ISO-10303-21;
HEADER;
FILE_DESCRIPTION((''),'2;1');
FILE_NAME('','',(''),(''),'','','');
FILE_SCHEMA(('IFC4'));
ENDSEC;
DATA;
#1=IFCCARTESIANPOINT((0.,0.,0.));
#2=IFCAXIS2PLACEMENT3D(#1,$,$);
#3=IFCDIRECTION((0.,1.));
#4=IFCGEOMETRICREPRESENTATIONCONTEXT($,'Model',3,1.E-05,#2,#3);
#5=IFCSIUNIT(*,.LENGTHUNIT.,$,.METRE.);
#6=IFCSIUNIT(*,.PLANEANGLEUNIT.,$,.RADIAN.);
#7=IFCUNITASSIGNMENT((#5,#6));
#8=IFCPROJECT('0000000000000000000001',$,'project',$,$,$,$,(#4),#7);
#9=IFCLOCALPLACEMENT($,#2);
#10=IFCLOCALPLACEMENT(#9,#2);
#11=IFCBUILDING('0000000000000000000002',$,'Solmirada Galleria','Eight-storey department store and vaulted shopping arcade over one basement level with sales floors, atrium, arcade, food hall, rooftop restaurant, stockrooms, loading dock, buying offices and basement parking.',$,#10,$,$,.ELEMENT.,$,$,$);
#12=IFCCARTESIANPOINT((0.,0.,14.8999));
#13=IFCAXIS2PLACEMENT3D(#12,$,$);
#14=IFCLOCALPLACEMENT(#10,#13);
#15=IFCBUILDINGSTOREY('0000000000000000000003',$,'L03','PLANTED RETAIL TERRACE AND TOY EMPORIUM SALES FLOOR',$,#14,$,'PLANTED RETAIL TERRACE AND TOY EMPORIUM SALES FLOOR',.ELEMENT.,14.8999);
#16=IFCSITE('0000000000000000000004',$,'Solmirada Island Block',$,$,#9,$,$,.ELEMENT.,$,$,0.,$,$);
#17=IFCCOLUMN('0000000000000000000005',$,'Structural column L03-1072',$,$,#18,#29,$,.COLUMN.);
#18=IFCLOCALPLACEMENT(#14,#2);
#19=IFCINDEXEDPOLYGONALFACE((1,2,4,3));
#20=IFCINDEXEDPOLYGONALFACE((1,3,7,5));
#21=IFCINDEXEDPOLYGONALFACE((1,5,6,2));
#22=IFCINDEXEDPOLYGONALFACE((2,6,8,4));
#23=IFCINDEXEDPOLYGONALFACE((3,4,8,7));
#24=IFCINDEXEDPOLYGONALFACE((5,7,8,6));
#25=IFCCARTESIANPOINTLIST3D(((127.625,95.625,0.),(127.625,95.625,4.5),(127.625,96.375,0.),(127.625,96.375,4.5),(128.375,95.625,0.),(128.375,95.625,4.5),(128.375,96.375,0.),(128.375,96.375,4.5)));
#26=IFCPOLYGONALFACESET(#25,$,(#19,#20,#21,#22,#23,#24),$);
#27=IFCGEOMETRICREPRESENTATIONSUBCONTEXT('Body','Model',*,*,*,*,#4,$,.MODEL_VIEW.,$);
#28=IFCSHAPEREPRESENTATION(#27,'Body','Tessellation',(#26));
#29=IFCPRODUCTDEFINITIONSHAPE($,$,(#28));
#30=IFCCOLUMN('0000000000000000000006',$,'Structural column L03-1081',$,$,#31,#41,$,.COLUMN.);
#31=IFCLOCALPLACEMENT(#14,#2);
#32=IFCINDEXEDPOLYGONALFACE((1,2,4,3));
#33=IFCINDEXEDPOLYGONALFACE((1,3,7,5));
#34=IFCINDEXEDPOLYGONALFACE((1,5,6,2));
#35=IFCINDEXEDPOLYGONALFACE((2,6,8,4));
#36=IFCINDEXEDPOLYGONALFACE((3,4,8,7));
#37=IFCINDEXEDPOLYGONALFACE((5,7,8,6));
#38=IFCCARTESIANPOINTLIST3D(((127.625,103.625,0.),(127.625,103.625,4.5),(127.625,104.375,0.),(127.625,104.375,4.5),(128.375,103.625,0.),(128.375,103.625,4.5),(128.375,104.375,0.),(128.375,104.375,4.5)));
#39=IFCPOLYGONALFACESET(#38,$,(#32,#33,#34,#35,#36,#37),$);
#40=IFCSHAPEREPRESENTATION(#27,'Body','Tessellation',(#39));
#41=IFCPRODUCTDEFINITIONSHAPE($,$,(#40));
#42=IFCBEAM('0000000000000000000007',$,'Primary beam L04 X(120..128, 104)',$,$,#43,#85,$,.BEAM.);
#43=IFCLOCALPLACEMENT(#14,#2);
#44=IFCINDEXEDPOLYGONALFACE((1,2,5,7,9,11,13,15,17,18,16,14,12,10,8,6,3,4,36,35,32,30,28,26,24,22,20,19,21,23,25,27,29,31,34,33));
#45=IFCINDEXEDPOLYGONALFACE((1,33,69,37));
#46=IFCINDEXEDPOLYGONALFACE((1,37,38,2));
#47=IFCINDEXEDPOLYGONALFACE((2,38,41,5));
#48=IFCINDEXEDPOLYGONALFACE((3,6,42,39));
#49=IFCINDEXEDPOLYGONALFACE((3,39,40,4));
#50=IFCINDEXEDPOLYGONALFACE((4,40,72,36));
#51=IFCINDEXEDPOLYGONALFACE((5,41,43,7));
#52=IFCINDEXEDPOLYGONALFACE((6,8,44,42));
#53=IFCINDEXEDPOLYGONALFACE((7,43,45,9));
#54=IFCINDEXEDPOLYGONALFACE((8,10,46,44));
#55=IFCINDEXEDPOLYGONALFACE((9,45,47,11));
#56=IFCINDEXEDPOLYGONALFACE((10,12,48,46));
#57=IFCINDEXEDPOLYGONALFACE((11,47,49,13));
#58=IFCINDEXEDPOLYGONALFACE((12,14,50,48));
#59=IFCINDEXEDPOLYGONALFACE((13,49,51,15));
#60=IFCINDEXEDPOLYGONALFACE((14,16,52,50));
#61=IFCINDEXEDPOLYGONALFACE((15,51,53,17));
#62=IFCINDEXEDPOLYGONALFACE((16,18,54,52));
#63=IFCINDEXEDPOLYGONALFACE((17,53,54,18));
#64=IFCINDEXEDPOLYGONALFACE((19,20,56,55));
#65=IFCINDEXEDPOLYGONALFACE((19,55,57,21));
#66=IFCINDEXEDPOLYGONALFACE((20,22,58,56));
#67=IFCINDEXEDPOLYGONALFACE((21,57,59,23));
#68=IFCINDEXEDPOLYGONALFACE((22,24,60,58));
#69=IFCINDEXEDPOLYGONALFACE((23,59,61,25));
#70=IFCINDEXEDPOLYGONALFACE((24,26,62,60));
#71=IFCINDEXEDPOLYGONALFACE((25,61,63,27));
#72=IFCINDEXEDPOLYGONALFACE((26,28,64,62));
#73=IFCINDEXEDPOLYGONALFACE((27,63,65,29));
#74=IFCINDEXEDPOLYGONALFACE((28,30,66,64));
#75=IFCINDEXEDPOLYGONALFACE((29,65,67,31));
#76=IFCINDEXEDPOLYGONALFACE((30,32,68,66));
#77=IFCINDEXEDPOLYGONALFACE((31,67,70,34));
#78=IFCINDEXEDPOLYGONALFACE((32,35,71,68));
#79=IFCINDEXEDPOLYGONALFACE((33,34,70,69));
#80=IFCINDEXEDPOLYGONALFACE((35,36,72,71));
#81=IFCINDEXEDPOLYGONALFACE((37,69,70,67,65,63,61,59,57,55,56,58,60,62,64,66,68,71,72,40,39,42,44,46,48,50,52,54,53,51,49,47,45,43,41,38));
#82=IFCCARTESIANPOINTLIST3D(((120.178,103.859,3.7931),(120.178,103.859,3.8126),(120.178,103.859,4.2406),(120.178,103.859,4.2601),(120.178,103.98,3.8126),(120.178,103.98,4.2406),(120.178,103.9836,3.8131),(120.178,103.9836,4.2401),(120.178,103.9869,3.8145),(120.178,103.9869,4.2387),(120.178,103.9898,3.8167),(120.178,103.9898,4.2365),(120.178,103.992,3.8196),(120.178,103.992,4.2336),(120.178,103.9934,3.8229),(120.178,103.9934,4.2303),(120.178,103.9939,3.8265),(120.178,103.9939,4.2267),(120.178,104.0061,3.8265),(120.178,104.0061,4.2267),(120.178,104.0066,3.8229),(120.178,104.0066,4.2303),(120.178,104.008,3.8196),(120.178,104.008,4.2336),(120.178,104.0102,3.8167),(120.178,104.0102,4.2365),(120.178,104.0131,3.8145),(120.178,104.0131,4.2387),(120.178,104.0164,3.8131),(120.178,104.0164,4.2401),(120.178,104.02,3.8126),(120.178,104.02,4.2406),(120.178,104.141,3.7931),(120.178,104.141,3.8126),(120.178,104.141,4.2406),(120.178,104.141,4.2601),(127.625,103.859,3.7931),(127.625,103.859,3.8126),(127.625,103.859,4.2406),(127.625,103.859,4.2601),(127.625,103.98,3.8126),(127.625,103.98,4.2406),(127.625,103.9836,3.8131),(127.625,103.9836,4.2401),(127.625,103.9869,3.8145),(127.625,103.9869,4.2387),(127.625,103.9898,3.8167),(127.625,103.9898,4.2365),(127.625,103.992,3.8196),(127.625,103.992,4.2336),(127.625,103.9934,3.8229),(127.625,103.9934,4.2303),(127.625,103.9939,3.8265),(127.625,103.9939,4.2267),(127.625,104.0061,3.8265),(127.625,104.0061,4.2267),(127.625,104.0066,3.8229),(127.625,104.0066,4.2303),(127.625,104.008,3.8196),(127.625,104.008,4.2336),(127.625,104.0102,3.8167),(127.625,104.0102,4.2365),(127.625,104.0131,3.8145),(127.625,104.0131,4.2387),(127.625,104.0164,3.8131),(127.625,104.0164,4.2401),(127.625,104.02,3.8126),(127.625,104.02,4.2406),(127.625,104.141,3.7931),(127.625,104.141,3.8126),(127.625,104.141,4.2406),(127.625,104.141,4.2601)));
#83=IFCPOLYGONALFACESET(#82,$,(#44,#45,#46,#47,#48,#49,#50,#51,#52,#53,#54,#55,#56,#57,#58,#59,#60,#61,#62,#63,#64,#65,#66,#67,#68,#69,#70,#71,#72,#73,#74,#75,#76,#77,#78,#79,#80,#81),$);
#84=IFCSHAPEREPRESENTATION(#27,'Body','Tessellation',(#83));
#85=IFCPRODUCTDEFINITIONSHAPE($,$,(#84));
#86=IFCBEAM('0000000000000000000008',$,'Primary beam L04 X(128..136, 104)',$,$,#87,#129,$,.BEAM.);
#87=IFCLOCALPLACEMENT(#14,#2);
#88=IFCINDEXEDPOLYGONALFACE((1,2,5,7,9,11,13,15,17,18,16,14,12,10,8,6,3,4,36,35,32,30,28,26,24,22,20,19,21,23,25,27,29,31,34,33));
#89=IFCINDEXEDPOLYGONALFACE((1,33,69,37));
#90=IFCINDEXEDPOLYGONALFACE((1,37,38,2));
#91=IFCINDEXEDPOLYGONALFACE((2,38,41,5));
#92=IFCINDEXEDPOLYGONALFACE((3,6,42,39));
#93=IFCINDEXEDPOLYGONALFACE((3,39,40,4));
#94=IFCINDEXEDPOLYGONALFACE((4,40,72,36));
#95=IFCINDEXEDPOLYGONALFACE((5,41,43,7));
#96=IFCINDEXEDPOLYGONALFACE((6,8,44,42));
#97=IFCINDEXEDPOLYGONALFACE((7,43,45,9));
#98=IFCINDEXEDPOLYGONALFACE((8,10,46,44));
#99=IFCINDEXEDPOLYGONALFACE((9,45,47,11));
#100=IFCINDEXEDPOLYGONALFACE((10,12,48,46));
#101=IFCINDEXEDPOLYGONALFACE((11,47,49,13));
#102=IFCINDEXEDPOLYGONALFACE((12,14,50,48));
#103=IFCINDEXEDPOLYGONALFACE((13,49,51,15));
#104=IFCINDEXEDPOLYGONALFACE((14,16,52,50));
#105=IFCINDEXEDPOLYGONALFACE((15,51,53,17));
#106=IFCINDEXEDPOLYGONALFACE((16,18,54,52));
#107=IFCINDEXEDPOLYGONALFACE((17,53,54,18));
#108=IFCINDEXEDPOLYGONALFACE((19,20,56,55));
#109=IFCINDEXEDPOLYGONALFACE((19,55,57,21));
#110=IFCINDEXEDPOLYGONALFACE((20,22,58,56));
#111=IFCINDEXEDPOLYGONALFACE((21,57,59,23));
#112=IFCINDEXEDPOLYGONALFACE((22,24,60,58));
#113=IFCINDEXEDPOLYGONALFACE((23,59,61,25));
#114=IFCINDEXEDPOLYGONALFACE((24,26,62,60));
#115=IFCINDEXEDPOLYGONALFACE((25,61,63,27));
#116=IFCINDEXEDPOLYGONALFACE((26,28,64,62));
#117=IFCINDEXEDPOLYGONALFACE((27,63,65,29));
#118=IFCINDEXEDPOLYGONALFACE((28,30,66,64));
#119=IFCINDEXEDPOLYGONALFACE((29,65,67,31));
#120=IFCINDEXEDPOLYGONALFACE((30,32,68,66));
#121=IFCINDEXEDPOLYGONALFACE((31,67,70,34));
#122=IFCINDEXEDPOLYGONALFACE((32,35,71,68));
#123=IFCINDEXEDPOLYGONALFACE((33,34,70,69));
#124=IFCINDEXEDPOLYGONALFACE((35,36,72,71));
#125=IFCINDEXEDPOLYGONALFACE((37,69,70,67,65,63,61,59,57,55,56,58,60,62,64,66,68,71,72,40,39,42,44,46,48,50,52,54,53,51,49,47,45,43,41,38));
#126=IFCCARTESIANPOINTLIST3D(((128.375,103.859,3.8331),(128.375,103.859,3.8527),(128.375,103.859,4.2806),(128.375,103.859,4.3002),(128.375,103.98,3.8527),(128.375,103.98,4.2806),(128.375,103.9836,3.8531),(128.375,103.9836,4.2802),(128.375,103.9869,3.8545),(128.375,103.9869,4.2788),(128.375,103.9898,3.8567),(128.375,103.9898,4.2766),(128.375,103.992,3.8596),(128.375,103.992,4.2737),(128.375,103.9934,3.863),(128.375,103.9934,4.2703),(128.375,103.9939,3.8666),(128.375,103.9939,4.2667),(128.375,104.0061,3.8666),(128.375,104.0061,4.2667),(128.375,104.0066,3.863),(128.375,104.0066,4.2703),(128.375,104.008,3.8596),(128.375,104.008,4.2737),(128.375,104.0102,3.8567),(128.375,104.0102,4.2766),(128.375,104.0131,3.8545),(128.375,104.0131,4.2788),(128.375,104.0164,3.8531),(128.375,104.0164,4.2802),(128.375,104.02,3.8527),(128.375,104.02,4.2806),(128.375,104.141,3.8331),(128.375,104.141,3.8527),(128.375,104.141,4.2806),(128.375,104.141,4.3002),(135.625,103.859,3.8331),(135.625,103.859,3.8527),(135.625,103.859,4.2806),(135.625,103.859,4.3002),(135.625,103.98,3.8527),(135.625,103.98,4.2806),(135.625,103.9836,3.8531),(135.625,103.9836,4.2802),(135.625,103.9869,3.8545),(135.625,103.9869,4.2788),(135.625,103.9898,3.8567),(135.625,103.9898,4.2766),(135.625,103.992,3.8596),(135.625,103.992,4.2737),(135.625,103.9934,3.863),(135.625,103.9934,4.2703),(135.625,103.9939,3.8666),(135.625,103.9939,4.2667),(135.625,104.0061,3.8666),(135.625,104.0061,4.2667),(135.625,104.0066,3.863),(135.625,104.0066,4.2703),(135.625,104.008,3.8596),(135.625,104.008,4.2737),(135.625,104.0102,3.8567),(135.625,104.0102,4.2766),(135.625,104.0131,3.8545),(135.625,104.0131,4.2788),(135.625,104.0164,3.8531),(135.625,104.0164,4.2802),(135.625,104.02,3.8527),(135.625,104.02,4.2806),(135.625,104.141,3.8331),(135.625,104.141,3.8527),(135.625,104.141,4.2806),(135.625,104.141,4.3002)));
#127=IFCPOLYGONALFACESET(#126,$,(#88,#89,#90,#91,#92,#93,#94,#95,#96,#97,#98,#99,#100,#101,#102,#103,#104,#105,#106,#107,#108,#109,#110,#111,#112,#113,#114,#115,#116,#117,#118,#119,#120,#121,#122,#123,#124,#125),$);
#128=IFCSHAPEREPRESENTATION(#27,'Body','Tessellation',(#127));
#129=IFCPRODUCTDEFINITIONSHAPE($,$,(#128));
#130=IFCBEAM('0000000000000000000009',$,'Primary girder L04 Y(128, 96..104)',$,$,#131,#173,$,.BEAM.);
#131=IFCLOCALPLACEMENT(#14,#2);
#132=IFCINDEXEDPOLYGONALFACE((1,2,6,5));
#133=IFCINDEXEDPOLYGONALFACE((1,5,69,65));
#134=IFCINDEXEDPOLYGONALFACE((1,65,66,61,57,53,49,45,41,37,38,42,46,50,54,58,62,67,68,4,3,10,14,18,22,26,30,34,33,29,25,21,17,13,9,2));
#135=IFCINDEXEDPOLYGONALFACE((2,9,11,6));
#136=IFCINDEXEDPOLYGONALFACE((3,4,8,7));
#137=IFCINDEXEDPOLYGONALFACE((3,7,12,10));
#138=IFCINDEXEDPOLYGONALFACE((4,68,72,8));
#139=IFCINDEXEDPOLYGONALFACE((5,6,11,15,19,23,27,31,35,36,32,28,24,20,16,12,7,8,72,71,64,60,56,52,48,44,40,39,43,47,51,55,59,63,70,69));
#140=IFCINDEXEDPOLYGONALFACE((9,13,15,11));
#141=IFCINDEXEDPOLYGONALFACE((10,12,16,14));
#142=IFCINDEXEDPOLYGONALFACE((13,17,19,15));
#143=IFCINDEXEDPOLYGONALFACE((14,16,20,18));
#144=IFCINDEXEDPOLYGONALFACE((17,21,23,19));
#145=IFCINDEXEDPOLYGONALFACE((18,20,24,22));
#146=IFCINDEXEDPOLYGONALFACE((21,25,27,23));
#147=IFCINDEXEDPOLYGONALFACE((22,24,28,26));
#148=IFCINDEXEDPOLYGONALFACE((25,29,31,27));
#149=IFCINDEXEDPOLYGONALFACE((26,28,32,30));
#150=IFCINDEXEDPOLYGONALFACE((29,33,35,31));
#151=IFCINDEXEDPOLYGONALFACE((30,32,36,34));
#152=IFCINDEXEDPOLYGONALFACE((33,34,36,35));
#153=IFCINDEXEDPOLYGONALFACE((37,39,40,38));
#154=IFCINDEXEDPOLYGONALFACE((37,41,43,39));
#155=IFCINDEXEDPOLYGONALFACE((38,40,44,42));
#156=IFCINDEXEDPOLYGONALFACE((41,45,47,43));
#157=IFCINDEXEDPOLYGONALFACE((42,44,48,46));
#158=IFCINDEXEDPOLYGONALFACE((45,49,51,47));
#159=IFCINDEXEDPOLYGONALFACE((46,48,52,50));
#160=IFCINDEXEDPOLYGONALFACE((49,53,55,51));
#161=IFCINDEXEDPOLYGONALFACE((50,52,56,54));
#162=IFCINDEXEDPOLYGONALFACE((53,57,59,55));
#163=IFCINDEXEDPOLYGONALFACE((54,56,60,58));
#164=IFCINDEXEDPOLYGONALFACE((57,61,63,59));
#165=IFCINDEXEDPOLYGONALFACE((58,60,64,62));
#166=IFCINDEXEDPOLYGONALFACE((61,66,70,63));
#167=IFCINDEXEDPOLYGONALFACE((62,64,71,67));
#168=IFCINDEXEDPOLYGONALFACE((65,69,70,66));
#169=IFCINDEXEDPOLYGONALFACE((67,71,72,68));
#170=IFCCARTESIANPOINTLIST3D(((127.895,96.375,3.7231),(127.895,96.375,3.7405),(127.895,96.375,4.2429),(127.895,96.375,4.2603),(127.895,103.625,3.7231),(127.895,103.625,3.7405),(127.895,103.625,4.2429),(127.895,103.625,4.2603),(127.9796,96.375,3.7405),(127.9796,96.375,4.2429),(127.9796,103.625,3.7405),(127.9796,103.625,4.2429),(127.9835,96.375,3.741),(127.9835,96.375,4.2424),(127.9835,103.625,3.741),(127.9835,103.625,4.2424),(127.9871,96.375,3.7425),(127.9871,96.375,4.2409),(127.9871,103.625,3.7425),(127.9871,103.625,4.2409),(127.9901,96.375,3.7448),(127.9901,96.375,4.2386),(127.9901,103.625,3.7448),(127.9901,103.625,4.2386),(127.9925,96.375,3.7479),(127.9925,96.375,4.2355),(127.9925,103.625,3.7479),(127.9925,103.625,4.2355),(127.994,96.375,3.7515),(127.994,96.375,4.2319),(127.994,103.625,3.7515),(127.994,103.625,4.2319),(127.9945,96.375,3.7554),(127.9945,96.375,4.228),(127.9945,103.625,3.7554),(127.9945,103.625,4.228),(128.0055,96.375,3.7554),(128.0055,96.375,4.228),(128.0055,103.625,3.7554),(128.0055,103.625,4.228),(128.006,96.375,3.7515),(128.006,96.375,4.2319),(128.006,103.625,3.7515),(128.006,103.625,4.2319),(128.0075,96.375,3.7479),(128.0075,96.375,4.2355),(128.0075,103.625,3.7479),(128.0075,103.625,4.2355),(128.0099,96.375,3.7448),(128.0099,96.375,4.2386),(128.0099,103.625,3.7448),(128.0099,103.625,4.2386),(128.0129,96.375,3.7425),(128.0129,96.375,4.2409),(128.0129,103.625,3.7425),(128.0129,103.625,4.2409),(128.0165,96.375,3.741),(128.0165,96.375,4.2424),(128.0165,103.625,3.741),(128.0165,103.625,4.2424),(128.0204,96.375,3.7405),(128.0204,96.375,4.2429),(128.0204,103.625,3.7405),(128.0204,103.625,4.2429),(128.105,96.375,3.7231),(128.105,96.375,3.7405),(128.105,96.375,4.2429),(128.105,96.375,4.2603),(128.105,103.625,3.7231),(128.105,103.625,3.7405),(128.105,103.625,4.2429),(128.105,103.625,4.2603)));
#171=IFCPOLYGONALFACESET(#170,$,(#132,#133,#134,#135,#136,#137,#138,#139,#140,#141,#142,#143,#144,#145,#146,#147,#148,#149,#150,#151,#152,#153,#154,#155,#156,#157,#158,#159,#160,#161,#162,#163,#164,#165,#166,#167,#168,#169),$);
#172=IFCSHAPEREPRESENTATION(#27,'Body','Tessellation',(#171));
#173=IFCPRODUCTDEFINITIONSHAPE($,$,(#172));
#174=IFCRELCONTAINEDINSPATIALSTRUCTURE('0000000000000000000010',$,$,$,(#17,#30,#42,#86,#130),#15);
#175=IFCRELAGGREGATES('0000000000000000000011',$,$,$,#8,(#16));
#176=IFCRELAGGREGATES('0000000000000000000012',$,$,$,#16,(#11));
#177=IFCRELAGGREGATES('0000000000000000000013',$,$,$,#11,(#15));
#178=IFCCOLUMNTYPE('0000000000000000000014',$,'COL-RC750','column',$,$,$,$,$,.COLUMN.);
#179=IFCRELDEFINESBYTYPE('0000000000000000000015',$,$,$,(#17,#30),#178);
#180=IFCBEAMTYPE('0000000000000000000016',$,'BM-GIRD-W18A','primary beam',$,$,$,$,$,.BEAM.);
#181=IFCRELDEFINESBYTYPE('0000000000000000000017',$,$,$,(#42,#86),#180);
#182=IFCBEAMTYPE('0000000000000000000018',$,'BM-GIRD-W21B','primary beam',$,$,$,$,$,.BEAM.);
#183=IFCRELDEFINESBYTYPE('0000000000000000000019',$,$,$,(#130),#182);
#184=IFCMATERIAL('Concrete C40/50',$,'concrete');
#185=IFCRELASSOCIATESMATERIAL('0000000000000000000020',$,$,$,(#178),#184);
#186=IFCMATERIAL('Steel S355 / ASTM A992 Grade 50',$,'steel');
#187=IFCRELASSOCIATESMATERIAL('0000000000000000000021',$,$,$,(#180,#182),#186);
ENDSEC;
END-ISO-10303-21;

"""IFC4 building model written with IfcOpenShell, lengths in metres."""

from ifc_helpers import new_model, si_unit, direction, frame, origin, origin_2d, place, context, subcontext, project, spatial, rectangle, i_section, extrude, material, material_profile, profile_set, type_object, element, save


model = new_model("IFC4")

# Units and contexts
model_context = context("Model", 3, precision=1e-05, world=origin(), true_north=direction((0.0, 1.0)))
body_context = subcontext(model_context, "Body", "Model", "MODEL_VIEW")
ifc_project = project(units=[si_unit("LENGTHUNIT", "METRE"), si_unit("PLANEANGLEUNIT", "RADIAN")], contexts=[model_context])

# Site, building, storey
site_placement = place(None, origin())
site = spatial("IfcSite", under=ifc_project, at=site_placement, Name="Solmirada Island Block", CompositionType="ELEMENT", RefElevation=0.0)
building_placement = place(site_placement, origin())
building = spatial("IfcBuilding", under=site, at=building_placement, Name="Solmirada Galleria", Description="Eight-storey department store and vaulted shopping arcade over one basement level with sales floors, atrium, arcade, food hall, rooftop restaurant, stockrooms, loading dock, buying offices and basement parking.", CompositionType="ELEMENT")
storey_placement = place(building_placement, frame((0.0, 0.0, 14.8999)))
storey = spatial("IfcBuildingStorey", under=building, at=storey_placement, Name="L03", Description="PLANTED RETAIL TERRACE AND TOY EMPORIUM SALES FLOOR", LongName="PLANTED RETAIL TERRACE AND TOY EMPORIUM SALES FLOOR", CompositionType="ELEMENT", Elevation=14.8999)

# Columns
ifc_material_1 = material(Name="Concrete C40/50", Category="concrete")
ifc_material_profile_1 = material_profile(ifc_material_1, rectangle(XDim=0.75, YDim=0.75, at=origin_2d()), Name="RC750X750")
ifc_profile_set_1 = profile_set([ifc_material_profile_1], Name="Concrete C40/50")
column_type = type_object("IfcColumnType", Name="COL-RC750", Description="column", PredefinedType="COLUMN", material=ifc_profile_set_1)
for number, where, z_axis, x_axis, name in (
    (1, (128.0, 96.0, 0.0), (0.0, 0.0, 1.0), (1.0, 0.0, 0.0), "Structural column L03-1072"),
    (2, (128.0, 104.0, 0.0), (0.0, 0.0, 1.0), (1.0, 0.0, 0.0), "Structural column L03-1081"),
):
    element("IfcColumn", number, at=place(storey_placement, frame(where, z_axis=z_axis, x_axis=x_axis)), inside=storey, type_object=column_type, Name=name, PredefinedType="COLUMN", context=body_context, shape_type="SweptSolid", body=[
        extrude(rectangle(XDim=0.75, YDim=0.75, at=origin_2d()), origin(), (0.0, 0.0, 1.0), 4.5),
    ])

# Beams
ifc_material_2 = material(Name="Steel S355 / ASTM A992 Grade 50", Category="steel")
ifc_material_profile_2 = material_profile(ifc_material_2, i_section(OverallWidth=0.282, OverallDepth=0.467, WebThickness=0.0122, FlangeThickness=0.0195, FilletRadius=0.0139, at=origin_2d()), Name="W18X86")
ifc_profile_set_2 = profile_set([ifc_material_profile_2], Name="Steel S355 / ASTM A992 Grade 50")
beam_type_1 = type_object("IfcBeamType", Name="BM-GIRD-W18A", Description="primary beam", PredefinedType="BEAM", material=ifc_profile_set_2)
beam_1_placement = place(storey_placement, frame((120.178, 104.0, 4.0266), z_axis=(1.0, 0.0, 0.0), x_axis=(0.0, 1.0, 0.0)))
element("IfcBeam", 3, at=beam_1_placement, inside=storey, type_object=beam_type_1, Name="Primary beam L04 X(120..128, 104)", PredefinedType="BEAM", context=body_context, shape_type="SweptSolid", body=[
    extrude(i_section(OverallWidth=0.282, OverallDepth=0.467, WebThickness=0.0122, FlangeThickness=0.0195, FilletRadius=0.0139, at=origin_2d()), origin(), (0.0, 0.0, 1.0), 7.447),
])
beam_2_placement = place(storey_placement, frame((128.375, 104.0, 4.0667), z_axis=(1.0, 0.0, 0.0), x_axis=(0.0, 1.0, 0.0)))
element("IfcBeam", 4, at=beam_2_placement, inside=storey, type_object=beam_type_1, Name="Primary beam L04 X(128..136, 104)", PredefinedType="BEAM", context=body_context, shape_type="SweptSolid", body=[
    extrude(i_section(OverallWidth=0.282, OverallDepth=0.467, WebThickness=0.0122, FlangeThickness=0.0195, FilletRadius=0.0139, at=origin_2d()), origin(), (0.0, 0.0, 1.0), 7.25),
])
ifc_material_profile_3 = material_profile(ifc_material_2, i_section(OverallWidth=0.21, OverallDepth=0.5371, WebThickness=0.011, FlangeThickness=0.0173, FilletRadius=0.0149, at=origin_2d()), Name="W21X68")
ifc_profile_set_3 = profile_set([ifc_material_profile_3], Name="Steel S355 / ASTM A992 Grade 50")
beam_type_2 = type_object("IfcBeamType", Name="BM-GIRD-W21B", Description="primary beam", PredefinedType="BEAM", material=ifc_profile_set_3)
for number, where, z_axis, x_axis, name in (
    (5, (128.0, 96.375, 3.9917), (0.0, 1.0, 0.0), (-1.0, 0.0, 0.0), "Primary girder L04 Y(128, 96..104)"),
):
    element("IfcBeam", number, at=place(storey_placement, frame(where, z_axis=z_axis, x_axis=x_axis)), inside=storey, type_object=beam_type_2, Name=name, PredefinedType="BEAM", context=body_context, shape_type="SweptSolid", body=[
        extrude(i_section(OverallWidth=0.21, OverallDepth=0.5371, WebThickness=0.011, FlangeThickness=0.0173, FilletRadius=0.0149, at=origin_2d()), origin(), (0.0, 0.0, 1.0), 7.25),
    ])

save(model, "model.ifc")
